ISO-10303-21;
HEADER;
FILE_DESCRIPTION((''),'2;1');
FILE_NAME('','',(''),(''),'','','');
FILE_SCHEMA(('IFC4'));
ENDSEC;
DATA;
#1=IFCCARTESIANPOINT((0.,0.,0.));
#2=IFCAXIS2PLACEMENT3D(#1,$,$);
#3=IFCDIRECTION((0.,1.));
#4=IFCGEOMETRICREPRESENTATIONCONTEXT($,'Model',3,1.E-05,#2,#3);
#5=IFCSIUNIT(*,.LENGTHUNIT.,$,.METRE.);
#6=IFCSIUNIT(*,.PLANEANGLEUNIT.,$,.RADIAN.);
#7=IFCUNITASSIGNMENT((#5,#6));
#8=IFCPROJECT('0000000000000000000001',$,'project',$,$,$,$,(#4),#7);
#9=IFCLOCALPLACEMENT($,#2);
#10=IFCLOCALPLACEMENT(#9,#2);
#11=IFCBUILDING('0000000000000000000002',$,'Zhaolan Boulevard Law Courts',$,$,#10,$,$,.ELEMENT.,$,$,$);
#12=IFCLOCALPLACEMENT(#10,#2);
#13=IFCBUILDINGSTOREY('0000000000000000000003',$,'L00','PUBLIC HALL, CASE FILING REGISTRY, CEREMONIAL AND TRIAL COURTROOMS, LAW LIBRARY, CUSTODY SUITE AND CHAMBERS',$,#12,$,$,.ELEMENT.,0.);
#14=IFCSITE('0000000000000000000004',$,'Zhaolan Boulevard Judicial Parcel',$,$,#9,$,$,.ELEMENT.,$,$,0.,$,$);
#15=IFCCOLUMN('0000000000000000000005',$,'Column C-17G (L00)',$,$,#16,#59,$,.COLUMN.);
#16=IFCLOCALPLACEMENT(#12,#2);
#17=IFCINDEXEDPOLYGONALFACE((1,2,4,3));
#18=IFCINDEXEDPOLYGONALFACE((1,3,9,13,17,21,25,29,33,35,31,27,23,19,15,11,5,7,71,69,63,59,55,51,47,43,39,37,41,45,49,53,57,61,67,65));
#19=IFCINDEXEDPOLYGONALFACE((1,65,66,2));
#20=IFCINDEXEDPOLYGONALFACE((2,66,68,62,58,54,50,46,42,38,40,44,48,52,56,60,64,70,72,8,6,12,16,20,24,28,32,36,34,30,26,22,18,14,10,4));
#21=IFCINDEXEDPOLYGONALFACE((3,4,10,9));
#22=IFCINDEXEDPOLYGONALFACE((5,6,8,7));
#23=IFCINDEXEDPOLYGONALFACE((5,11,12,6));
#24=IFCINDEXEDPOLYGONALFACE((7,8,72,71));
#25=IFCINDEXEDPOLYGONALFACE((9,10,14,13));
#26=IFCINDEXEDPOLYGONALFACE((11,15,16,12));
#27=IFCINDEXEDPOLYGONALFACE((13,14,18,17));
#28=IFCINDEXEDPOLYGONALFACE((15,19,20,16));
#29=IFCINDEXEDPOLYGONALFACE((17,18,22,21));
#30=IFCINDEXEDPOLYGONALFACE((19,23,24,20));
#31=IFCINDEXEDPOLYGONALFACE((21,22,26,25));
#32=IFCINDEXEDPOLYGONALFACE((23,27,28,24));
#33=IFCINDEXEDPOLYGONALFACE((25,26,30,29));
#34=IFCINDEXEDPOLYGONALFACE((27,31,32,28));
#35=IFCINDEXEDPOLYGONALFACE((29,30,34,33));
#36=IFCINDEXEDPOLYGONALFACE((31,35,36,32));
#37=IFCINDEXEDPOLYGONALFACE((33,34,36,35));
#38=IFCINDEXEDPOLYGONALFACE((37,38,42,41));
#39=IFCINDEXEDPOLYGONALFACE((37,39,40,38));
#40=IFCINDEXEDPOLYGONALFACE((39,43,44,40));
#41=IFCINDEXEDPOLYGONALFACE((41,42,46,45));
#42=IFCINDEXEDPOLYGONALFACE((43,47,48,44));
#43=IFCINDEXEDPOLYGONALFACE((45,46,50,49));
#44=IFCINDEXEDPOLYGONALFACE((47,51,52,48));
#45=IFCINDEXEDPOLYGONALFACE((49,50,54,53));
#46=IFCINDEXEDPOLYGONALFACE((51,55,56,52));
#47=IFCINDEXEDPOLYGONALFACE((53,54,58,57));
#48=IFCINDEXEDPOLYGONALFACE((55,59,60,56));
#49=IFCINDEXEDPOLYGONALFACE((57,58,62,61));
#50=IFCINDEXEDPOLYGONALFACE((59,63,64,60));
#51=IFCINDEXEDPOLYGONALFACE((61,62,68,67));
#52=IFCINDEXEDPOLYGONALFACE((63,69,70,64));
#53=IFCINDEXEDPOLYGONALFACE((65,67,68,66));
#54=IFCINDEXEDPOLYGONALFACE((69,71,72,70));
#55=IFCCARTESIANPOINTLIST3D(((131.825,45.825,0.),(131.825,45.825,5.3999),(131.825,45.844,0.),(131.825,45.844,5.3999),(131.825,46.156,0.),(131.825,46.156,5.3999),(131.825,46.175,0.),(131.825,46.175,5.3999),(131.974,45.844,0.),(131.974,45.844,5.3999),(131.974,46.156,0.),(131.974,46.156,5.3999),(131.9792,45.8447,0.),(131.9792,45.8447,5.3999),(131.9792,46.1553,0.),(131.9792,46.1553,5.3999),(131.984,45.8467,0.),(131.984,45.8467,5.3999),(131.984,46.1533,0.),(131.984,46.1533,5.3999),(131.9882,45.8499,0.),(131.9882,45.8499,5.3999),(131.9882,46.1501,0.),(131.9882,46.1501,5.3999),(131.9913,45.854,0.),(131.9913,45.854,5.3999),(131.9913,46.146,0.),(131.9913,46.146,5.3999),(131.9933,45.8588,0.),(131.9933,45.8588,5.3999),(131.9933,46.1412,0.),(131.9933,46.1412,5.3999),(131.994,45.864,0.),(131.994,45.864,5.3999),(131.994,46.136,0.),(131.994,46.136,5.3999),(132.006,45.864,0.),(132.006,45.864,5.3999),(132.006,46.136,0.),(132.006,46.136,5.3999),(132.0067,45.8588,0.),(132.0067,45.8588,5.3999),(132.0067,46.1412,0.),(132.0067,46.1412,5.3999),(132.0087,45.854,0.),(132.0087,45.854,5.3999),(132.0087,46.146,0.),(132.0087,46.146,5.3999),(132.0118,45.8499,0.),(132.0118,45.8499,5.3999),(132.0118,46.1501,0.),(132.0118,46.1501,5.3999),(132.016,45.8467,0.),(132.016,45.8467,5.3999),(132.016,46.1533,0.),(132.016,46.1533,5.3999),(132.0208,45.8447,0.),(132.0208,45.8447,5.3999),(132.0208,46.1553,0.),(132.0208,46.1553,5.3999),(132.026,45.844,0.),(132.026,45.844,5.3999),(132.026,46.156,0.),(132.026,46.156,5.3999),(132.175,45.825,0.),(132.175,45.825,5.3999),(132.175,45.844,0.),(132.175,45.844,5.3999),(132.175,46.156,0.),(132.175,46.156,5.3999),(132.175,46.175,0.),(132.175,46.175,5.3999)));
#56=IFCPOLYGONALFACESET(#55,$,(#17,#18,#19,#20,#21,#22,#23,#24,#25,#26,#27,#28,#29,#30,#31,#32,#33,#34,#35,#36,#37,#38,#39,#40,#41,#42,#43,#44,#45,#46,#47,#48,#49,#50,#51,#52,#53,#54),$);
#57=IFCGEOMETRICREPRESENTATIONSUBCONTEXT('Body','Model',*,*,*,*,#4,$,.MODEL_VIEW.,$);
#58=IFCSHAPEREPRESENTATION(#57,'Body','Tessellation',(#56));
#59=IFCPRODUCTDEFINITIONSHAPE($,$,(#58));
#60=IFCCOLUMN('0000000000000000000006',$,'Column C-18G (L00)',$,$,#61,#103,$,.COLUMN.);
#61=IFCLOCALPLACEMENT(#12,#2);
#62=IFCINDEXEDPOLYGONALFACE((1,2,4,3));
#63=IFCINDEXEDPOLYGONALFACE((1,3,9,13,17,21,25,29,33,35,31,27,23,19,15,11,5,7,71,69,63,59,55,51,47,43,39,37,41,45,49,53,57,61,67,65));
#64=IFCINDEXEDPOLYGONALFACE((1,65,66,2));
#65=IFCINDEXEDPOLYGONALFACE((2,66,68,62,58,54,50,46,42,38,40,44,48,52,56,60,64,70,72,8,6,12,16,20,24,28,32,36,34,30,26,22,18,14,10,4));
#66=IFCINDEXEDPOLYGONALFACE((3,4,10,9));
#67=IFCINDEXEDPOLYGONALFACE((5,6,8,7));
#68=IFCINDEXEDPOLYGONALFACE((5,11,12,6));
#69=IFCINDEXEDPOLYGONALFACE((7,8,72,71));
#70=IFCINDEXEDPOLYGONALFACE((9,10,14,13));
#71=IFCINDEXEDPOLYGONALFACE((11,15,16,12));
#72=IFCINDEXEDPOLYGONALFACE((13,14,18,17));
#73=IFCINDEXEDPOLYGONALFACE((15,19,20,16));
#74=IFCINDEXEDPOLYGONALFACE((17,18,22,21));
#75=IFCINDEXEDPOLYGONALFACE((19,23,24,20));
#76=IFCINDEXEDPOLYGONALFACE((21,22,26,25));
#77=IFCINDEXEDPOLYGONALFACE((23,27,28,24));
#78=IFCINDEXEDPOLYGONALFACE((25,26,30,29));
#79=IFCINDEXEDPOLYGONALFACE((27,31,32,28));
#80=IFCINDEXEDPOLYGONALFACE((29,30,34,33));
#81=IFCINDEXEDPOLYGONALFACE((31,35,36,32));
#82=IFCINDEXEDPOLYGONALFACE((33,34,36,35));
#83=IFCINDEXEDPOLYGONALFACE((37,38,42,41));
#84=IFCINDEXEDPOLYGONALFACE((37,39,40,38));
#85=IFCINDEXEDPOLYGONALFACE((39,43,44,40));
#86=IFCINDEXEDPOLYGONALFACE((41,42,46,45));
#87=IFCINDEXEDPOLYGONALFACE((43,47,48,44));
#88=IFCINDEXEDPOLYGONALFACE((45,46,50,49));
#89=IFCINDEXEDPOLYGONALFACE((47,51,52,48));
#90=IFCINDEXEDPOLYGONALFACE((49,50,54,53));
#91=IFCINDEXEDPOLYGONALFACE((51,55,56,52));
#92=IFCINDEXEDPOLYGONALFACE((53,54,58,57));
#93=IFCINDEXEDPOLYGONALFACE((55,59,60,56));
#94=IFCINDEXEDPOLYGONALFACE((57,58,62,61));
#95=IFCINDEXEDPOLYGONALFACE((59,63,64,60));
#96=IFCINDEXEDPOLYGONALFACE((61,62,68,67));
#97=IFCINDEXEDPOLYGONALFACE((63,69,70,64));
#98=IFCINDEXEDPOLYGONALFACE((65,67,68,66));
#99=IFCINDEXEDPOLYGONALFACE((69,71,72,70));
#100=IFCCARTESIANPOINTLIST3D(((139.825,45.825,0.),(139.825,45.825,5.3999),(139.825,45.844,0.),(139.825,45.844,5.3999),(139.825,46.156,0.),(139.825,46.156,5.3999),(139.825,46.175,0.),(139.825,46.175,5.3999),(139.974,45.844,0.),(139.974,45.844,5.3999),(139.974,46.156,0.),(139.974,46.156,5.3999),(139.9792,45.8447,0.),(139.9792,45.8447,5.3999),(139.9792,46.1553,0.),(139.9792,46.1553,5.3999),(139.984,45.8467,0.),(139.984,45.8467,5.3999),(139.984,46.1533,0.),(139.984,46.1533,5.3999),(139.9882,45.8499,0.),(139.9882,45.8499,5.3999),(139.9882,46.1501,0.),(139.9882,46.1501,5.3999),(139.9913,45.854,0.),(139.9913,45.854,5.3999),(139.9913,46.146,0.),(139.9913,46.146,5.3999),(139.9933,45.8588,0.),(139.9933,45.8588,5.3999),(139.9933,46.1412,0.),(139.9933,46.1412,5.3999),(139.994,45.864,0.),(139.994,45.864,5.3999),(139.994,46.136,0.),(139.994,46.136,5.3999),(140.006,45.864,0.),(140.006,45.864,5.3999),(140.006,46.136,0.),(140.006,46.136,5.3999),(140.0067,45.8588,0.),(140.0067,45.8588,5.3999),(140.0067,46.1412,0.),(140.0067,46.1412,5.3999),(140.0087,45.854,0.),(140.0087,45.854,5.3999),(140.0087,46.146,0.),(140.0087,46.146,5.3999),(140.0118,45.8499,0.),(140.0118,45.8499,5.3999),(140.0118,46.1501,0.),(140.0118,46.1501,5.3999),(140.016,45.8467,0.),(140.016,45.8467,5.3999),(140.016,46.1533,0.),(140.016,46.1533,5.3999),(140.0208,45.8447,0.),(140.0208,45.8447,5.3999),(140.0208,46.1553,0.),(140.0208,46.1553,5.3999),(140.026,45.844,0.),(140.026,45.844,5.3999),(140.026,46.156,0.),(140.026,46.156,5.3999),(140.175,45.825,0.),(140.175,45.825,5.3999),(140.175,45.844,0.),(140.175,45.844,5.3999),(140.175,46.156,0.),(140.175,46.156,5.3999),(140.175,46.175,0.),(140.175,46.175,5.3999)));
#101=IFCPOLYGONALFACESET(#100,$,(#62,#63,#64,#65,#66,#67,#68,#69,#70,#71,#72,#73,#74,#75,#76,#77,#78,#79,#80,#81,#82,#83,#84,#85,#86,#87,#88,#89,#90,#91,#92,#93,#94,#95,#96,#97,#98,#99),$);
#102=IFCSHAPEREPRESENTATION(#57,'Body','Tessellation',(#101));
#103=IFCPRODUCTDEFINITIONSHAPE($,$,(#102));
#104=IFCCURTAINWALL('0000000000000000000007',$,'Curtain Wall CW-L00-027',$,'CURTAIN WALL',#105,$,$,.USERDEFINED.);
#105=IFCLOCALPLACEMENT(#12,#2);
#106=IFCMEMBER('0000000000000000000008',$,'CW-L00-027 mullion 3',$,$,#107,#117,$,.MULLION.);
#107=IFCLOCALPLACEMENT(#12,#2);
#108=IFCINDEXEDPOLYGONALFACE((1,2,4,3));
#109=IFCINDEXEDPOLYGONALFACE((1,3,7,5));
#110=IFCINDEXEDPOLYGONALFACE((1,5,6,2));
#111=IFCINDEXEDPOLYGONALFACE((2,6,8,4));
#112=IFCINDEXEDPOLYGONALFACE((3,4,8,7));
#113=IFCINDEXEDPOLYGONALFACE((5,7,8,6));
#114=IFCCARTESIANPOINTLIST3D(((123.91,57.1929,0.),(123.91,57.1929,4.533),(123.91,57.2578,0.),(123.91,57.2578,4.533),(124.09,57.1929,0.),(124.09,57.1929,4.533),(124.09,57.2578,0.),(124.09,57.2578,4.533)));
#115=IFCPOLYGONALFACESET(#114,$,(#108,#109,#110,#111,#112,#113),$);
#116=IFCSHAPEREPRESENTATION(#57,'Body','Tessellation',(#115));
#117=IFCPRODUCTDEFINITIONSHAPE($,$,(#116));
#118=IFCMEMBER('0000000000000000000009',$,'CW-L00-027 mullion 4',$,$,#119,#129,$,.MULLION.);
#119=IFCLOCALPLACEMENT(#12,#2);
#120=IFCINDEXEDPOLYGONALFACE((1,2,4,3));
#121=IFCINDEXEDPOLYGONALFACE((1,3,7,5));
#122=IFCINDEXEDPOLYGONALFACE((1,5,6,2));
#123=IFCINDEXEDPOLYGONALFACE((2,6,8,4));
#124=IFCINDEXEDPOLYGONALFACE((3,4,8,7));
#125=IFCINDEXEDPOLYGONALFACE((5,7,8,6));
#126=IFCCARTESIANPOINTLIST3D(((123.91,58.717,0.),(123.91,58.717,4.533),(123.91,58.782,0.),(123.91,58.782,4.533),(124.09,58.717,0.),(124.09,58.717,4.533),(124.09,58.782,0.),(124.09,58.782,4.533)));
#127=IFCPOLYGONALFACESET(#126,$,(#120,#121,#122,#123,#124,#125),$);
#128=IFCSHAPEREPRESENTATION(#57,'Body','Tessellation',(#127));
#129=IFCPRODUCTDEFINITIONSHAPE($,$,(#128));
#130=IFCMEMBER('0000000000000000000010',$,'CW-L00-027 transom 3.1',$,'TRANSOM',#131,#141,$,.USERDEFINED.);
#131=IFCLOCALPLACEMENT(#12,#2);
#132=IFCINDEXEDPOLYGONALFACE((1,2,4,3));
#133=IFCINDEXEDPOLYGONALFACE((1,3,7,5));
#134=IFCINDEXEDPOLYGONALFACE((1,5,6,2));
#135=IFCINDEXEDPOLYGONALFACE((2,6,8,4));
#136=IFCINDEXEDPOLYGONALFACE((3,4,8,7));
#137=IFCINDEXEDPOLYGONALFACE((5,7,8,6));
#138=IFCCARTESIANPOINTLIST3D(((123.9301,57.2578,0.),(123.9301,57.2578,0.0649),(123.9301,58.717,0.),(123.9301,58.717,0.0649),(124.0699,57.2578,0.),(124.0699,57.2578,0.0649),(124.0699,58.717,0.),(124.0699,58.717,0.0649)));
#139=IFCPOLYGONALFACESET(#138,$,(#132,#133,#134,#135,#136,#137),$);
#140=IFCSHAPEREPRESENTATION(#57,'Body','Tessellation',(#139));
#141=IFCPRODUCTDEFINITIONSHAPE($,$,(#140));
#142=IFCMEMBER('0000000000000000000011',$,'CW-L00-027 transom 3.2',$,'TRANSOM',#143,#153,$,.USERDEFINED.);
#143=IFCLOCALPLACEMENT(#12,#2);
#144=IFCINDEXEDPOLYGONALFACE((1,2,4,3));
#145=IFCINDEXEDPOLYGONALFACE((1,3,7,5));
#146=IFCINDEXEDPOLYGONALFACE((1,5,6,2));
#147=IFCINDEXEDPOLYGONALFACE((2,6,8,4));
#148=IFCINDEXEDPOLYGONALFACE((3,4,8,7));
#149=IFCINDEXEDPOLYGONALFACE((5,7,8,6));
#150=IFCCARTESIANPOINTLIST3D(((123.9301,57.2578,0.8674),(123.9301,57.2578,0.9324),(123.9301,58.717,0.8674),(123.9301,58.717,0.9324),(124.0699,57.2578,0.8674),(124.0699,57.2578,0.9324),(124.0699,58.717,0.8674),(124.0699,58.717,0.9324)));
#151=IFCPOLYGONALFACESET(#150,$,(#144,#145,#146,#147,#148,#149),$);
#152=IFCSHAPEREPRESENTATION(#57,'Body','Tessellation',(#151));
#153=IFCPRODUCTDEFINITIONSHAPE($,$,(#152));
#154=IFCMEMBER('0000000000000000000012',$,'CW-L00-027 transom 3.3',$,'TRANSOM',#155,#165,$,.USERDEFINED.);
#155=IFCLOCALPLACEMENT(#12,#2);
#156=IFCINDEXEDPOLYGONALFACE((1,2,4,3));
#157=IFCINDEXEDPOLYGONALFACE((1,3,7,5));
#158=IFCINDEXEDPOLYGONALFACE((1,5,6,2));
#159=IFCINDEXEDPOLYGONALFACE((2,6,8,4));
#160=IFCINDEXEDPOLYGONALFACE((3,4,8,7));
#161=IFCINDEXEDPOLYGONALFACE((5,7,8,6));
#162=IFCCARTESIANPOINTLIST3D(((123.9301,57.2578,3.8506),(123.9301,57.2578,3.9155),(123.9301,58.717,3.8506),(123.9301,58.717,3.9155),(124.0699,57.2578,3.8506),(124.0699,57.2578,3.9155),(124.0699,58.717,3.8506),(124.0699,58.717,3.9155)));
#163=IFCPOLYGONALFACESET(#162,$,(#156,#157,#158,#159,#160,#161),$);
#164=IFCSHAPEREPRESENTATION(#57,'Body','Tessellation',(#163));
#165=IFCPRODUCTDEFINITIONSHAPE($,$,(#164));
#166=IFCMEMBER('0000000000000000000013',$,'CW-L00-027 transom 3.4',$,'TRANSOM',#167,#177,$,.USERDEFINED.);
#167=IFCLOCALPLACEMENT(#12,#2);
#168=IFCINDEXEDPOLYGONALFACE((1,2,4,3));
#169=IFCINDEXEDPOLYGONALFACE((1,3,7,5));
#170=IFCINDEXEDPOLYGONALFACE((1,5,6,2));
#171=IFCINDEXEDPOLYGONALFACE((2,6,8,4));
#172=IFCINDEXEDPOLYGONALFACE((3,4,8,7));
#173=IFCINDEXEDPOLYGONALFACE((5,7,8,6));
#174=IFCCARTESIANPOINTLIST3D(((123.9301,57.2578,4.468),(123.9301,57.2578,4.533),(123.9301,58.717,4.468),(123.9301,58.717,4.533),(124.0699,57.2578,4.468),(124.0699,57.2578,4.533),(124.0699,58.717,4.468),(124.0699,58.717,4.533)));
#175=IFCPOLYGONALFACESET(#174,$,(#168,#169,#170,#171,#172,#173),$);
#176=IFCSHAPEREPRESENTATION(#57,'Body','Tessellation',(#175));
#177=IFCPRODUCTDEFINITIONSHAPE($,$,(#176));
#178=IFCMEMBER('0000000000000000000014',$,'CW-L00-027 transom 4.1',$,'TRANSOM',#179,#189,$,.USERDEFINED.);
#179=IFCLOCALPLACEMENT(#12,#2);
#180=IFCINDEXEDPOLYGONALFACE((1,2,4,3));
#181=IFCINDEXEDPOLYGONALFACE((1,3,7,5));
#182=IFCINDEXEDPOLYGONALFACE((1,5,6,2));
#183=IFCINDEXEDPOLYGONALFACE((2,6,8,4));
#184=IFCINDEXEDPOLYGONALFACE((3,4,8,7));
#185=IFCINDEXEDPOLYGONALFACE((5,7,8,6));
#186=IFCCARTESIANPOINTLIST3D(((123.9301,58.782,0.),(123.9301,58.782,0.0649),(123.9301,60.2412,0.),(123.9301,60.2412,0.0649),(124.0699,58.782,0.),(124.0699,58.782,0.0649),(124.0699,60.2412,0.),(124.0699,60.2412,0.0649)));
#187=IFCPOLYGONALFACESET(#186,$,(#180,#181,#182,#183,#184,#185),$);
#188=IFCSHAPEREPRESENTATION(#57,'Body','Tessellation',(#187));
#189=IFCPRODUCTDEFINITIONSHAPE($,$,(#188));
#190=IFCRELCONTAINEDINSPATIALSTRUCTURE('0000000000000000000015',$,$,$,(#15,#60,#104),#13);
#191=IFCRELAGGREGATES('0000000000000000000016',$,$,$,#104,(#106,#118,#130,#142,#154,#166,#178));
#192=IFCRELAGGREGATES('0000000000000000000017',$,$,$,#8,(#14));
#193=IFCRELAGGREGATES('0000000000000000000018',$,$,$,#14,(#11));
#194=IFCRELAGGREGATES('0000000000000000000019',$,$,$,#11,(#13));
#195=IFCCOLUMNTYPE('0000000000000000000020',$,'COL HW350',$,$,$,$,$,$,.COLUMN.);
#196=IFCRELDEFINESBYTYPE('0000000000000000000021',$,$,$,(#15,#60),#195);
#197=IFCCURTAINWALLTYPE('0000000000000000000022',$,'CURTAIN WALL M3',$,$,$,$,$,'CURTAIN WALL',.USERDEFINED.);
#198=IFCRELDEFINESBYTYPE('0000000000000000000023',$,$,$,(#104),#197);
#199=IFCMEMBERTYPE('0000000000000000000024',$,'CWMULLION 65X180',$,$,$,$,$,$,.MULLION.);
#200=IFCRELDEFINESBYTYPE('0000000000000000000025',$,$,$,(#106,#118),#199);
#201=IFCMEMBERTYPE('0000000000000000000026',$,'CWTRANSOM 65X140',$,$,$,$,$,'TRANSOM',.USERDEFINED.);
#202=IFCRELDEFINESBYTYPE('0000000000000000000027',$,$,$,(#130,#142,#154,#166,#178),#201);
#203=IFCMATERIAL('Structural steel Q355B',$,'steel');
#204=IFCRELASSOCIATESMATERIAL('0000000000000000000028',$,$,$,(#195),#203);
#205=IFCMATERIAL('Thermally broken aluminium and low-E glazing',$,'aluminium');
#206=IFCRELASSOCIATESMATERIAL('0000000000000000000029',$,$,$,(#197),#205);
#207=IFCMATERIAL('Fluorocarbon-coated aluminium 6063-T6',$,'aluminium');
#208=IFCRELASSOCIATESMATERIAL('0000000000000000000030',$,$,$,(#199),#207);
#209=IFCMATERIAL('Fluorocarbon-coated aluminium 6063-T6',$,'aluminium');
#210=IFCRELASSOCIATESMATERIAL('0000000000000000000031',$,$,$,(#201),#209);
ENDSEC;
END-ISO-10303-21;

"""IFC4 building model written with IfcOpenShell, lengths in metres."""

from ifc_helpers import new_model, si_unit, direction, frame, origin, origin_2d, place, context, subcontext, project, spatial, rectangle, i_section, extrude, material, material_profile, profile_set, type_object, element, aggregate, save


model = new_model("IFC4")

# Units and contexts
model_context = context("Model", 3, precision=1e-05, world=origin(), true_north=direction((0.0, 1.0)))
body_context = subcontext(model_context, "Body", "Model", "MODEL_VIEW")
ifc_project = project(units=[si_unit("LENGTHUNIT", "METRE"), si_unit("PLANEANGLEUNIT", "RADIAN")], contexts=[model_context])

# Site, building, storey
site_placement = place(None, origin())
site = spatial("IfcSite", under=ifc_project, at=site_placement, Name="Zhaolan Boulevard Judicial Parcel", CompositionType="ELEMENT", RefElevation=0.0)
building_placement = place(site_placement, origin())
building = spatial("IfcBuilding", under=site, at=building_placement, Name="Zhaolan Boulevard Law Courts", CompositionType="ELEMENT")
storey_placement = place(building_placement, origin())
storey = spatial("IfcBuildingStorey", under=building, at=storey_placement, Name="L00", Description="PUBLIC HALL, CASE FILING REGISTRY, CEREMONIAL AND TRIAL COURTROOMS, LAW LIBRARY, CUSTODY SUITE AND CHAMBERS", CompositionType="ELEMENT", Elevation=0.0)

# Columns
ifc_material_1 = material(Name="Structural steel Q355B", Category="steel")
ifc_material_profile_1 = material_profile(ifc_material_1, i_section(OverallWidth=0.3501, OverallDepth=0.3501, WebThickness=0.012, FlangeThickness=0.019, FilletRadius=0.02, at=origin_2d()), Name="HW350x350")
ifc_profile_set_1 = profile_set([ifc_material_profile_1], Name="Structural steel Q355B")
column_type = type_object("IfcColumnType", Name="COL HW350", PredefinedType="COLUMN", material=ifc_profile_set_1)
for number, where, z_axis, x_axis, name in (
    (1, (132.0, 46.0, 0.0), (0.0, 0.0, 1.0), (1.0, 0.0, 0.0), "Column C-17G (L00)"),
    (2, (140.0, 46.0, 0.0), (0.0, 0.0, 1.0), (1.0, 0.0, 0.0), "Column C-18G (L00)"),
):
    element("IfcColumn", number, at=place(storey_placement, frame(where, z_axis=z_axis, x_axis=x_axis)), inside=storey, type_object=column_type, Name=name, PredefinedType="COLUMN", context=body_context, shape_type="SweptSolid", body=[
        extrude(i_section(OverallWidth=0.3501, OverallDepth=0.3501, WebThickness=0.012, FlangeThickness=0.019, FilletRadius=0.02, at=origin_2d()), origin(), (0.0, 0.0, 1.0), 5.3999),
    ])

# Curtain wall, members
ifc_material_2 = material(Name="Thermally broken aluminium and low-E glazing", Category="aluminium")
curtain_wall_type = type_object("IfcCurtainWallType", Name="CURTAIN WALL M3", ElementType="CURTAIN WALL", PredefinedType="USERDEFINED", material=ifc_material_2)
curtain_wall_placement = place(storey_placement, origin())
curtain_wall = element("IfcCurtainWall", 3, at=curtain_wall_placement, inside=storey, type_object=curtain_wall_type, Name="Curtain Wall CW-L00-027", ObjectType="CURTAIN WALL", PredefinedType="USERDEFINED")
ifc_material_3 = material(Name="Fluorocarbon-coated aluminium 6063-T6", Category="aluminium")
ifc_material_profile_2 = material_profile(ifc_material_3, rectangle(XDim=0.1799, YDim=0.0649, at=origin_2d()), Name="AL65x180")
ifc_profile_set_2 = profile_set([ifc_material_profile_2], Name="Fluorocarbon-coated aluminium 6063-T6")
member_type_1 = type_object("IfcMemberType", Name="CWMULLION 65X180", PredefinedType="MULLION", material=ifc_profile_set_2)
member_1_placement = place(storey_placement, frame((124.0, 57.2253, 0.0), z_axis=(0.0, 0.0, 1.0), x_axis=(-1.0, 0.0, 0.0)))
member_1 = element("IfcMember", 4, at=member_1_placement, type_object=member_type_1, Name="CW-L00-027 mullion 3", PredefinedType="MULLION", context=body_context, shape_type="SweptSolid", body=[
    extrude(rectangle(XDim=0.1799, YDim=0.0649, at=origin_2d()), origin(), (0.0, 0.0, 1.0), 4.533),
])
member_2_placement = place(storey_placement, frame((124.0, 58.7495, 0.0), z_axis=(0.0, 0.0, 1.0), x_axis=(-1.0, 0.0, 0.0)))
member_2 = element("IfcMember", 5, at=member_2_placement, type_object=member_type_1, Name="CW-L00-027 mullion 4", PredefinedType="MULLION", context=body_context, shape_type="SweptSolid", body=[
    extrude(rectangle(XDim=0.1799, YDim=0.0649, at=origin_2d()), origin(), (0.0, 0.0, 1.0), 4.533),
])
ifc_material_4 = material(Name="Fluorocarbon-coated aluminium 6063-T6", Category="aluminium")
ifc_material_profile_3 = material_profile(ifc_material_4, rectangle(XDim=0.1399, YDim=0.0649, at=origin_2d()), Name="AL65x140")
ifc_profile_set_3 = profile_set([ifc_material_profile_3], Name="Fluorocarbon-coated aluminium 6063-T6")
member_type_2 = type_object("IfcMemberType", Name="CWTRANSOM 65X140", ElementType="TRANSOM", PredefinedType="USERDEFINED", material=ifc_profile_set_3)
member_3_placement = place(storey_placement, frame((124.0, 57.2578, 0.0325), z_axis=(0.0, 1.0, 0.0), x_axis=(-1.0, 0.0, 0.0)))
member_3 = element("IfcMember", 6, at=member_3_placement, type_object=member_type_2, Name="CW-L00-027 transom 3.1", ObjectType="TRANSOM", PredefinedType="USERDEFINED", context=body_context, shape_type="SweptSolid", body=[
    extrude(rectangle(XDim=0.1399, YDim=0.0649, at=origin_2d()), origin(), (0.0, 0.0, 1.0), 1.4592),
])
member_4_placement = place(storey_placement, frame((124.0, 57.2578, 0.8999), z_axis=(0.0, 1.0, 0.0), x_axis=(-1.0, 0.0, 0.0)))
member_4 = element("IfcMember", 7, at=member_4_placement, type_object=member_type_2, Name="CW-L00-027 transom 3.2", ObjectType="TRANSOM", PredefinedType="USERDEFINED", context=body_context, shape_type="SweptSolid", body=[
    extrude(rectangle(XDim=0.1399, YDim=0.0649, at=origin_2d()), origin(), (0.0, 0.0, 1.0), 1.4592),
])
member_5_placement = place(storey_placement, frame((124.0, 57.2578, 3.8831), z_axis=(0.0, 1.0, 0.0), x_axis=(-1.0, 0.0, 0.0)))
member_5 = element("IfcMember", 8, at=member_5_placement, type_object=member_type_2, Name="CW-L00-027 transom 3.3", ObjectType="TRANSOM", PredefinedType="USERDEFINED", context=body_context, shape_type="SweptSolid", body=[
    extrude(rectangle(XDim=0.1399, YDim=0.0649, at=origin_2d()), origin(), (0.0, 0.0, 1.0), 1.4592),
])
member_6_placement = place(storey_placement, frame((124.0, 57.2578, 4.5005), z_axis=(0.0, 1.0, 0.0), x_axis=(-1.0, 0.0, 0.0)))
member_6 = element("IfcMember", 9, at=member_6_placement, type_object=member_type_2, Name="CW-L00-027 transom 3.4", ObjectType="TRANSOM", PredefinedType="USERDEFINED", context=body_context, shape_type="SweptSolid", body=[
    extrude(rectangle(XDim=0.1399, YDim=0.0649, at=origin_2d()), origin(), (0.0, 0.0, 1.0), 1.4592),
])
member_7_placement = place(storey_placement, frame((124.0, 58.782, 0.0325), z_axis=(0.0, 1.0, 0.0), x_axis=(-1.0, 0.0, 0.0)))
member_7 = element("IfcMember", 10, at=member_7_placement, type_object=member_type_2, Name="CW-L00-027 transom 4.1", ObjectType="TRANSOM", PredefinedType="USERDEFINED", context=body_context, shape_type="SweptSolid", body=[
    extrude(rectangle(XDim=0.1399, YDim=0.0649, at=origin_2d()), origin(), (0.0, 0.0, 1.0), 1.4592),
])

aggregate(curtain_wall, [member_1, member_2, member_3, member_4, member_5, member_6, member_7])

save(model, "model.ifc")
